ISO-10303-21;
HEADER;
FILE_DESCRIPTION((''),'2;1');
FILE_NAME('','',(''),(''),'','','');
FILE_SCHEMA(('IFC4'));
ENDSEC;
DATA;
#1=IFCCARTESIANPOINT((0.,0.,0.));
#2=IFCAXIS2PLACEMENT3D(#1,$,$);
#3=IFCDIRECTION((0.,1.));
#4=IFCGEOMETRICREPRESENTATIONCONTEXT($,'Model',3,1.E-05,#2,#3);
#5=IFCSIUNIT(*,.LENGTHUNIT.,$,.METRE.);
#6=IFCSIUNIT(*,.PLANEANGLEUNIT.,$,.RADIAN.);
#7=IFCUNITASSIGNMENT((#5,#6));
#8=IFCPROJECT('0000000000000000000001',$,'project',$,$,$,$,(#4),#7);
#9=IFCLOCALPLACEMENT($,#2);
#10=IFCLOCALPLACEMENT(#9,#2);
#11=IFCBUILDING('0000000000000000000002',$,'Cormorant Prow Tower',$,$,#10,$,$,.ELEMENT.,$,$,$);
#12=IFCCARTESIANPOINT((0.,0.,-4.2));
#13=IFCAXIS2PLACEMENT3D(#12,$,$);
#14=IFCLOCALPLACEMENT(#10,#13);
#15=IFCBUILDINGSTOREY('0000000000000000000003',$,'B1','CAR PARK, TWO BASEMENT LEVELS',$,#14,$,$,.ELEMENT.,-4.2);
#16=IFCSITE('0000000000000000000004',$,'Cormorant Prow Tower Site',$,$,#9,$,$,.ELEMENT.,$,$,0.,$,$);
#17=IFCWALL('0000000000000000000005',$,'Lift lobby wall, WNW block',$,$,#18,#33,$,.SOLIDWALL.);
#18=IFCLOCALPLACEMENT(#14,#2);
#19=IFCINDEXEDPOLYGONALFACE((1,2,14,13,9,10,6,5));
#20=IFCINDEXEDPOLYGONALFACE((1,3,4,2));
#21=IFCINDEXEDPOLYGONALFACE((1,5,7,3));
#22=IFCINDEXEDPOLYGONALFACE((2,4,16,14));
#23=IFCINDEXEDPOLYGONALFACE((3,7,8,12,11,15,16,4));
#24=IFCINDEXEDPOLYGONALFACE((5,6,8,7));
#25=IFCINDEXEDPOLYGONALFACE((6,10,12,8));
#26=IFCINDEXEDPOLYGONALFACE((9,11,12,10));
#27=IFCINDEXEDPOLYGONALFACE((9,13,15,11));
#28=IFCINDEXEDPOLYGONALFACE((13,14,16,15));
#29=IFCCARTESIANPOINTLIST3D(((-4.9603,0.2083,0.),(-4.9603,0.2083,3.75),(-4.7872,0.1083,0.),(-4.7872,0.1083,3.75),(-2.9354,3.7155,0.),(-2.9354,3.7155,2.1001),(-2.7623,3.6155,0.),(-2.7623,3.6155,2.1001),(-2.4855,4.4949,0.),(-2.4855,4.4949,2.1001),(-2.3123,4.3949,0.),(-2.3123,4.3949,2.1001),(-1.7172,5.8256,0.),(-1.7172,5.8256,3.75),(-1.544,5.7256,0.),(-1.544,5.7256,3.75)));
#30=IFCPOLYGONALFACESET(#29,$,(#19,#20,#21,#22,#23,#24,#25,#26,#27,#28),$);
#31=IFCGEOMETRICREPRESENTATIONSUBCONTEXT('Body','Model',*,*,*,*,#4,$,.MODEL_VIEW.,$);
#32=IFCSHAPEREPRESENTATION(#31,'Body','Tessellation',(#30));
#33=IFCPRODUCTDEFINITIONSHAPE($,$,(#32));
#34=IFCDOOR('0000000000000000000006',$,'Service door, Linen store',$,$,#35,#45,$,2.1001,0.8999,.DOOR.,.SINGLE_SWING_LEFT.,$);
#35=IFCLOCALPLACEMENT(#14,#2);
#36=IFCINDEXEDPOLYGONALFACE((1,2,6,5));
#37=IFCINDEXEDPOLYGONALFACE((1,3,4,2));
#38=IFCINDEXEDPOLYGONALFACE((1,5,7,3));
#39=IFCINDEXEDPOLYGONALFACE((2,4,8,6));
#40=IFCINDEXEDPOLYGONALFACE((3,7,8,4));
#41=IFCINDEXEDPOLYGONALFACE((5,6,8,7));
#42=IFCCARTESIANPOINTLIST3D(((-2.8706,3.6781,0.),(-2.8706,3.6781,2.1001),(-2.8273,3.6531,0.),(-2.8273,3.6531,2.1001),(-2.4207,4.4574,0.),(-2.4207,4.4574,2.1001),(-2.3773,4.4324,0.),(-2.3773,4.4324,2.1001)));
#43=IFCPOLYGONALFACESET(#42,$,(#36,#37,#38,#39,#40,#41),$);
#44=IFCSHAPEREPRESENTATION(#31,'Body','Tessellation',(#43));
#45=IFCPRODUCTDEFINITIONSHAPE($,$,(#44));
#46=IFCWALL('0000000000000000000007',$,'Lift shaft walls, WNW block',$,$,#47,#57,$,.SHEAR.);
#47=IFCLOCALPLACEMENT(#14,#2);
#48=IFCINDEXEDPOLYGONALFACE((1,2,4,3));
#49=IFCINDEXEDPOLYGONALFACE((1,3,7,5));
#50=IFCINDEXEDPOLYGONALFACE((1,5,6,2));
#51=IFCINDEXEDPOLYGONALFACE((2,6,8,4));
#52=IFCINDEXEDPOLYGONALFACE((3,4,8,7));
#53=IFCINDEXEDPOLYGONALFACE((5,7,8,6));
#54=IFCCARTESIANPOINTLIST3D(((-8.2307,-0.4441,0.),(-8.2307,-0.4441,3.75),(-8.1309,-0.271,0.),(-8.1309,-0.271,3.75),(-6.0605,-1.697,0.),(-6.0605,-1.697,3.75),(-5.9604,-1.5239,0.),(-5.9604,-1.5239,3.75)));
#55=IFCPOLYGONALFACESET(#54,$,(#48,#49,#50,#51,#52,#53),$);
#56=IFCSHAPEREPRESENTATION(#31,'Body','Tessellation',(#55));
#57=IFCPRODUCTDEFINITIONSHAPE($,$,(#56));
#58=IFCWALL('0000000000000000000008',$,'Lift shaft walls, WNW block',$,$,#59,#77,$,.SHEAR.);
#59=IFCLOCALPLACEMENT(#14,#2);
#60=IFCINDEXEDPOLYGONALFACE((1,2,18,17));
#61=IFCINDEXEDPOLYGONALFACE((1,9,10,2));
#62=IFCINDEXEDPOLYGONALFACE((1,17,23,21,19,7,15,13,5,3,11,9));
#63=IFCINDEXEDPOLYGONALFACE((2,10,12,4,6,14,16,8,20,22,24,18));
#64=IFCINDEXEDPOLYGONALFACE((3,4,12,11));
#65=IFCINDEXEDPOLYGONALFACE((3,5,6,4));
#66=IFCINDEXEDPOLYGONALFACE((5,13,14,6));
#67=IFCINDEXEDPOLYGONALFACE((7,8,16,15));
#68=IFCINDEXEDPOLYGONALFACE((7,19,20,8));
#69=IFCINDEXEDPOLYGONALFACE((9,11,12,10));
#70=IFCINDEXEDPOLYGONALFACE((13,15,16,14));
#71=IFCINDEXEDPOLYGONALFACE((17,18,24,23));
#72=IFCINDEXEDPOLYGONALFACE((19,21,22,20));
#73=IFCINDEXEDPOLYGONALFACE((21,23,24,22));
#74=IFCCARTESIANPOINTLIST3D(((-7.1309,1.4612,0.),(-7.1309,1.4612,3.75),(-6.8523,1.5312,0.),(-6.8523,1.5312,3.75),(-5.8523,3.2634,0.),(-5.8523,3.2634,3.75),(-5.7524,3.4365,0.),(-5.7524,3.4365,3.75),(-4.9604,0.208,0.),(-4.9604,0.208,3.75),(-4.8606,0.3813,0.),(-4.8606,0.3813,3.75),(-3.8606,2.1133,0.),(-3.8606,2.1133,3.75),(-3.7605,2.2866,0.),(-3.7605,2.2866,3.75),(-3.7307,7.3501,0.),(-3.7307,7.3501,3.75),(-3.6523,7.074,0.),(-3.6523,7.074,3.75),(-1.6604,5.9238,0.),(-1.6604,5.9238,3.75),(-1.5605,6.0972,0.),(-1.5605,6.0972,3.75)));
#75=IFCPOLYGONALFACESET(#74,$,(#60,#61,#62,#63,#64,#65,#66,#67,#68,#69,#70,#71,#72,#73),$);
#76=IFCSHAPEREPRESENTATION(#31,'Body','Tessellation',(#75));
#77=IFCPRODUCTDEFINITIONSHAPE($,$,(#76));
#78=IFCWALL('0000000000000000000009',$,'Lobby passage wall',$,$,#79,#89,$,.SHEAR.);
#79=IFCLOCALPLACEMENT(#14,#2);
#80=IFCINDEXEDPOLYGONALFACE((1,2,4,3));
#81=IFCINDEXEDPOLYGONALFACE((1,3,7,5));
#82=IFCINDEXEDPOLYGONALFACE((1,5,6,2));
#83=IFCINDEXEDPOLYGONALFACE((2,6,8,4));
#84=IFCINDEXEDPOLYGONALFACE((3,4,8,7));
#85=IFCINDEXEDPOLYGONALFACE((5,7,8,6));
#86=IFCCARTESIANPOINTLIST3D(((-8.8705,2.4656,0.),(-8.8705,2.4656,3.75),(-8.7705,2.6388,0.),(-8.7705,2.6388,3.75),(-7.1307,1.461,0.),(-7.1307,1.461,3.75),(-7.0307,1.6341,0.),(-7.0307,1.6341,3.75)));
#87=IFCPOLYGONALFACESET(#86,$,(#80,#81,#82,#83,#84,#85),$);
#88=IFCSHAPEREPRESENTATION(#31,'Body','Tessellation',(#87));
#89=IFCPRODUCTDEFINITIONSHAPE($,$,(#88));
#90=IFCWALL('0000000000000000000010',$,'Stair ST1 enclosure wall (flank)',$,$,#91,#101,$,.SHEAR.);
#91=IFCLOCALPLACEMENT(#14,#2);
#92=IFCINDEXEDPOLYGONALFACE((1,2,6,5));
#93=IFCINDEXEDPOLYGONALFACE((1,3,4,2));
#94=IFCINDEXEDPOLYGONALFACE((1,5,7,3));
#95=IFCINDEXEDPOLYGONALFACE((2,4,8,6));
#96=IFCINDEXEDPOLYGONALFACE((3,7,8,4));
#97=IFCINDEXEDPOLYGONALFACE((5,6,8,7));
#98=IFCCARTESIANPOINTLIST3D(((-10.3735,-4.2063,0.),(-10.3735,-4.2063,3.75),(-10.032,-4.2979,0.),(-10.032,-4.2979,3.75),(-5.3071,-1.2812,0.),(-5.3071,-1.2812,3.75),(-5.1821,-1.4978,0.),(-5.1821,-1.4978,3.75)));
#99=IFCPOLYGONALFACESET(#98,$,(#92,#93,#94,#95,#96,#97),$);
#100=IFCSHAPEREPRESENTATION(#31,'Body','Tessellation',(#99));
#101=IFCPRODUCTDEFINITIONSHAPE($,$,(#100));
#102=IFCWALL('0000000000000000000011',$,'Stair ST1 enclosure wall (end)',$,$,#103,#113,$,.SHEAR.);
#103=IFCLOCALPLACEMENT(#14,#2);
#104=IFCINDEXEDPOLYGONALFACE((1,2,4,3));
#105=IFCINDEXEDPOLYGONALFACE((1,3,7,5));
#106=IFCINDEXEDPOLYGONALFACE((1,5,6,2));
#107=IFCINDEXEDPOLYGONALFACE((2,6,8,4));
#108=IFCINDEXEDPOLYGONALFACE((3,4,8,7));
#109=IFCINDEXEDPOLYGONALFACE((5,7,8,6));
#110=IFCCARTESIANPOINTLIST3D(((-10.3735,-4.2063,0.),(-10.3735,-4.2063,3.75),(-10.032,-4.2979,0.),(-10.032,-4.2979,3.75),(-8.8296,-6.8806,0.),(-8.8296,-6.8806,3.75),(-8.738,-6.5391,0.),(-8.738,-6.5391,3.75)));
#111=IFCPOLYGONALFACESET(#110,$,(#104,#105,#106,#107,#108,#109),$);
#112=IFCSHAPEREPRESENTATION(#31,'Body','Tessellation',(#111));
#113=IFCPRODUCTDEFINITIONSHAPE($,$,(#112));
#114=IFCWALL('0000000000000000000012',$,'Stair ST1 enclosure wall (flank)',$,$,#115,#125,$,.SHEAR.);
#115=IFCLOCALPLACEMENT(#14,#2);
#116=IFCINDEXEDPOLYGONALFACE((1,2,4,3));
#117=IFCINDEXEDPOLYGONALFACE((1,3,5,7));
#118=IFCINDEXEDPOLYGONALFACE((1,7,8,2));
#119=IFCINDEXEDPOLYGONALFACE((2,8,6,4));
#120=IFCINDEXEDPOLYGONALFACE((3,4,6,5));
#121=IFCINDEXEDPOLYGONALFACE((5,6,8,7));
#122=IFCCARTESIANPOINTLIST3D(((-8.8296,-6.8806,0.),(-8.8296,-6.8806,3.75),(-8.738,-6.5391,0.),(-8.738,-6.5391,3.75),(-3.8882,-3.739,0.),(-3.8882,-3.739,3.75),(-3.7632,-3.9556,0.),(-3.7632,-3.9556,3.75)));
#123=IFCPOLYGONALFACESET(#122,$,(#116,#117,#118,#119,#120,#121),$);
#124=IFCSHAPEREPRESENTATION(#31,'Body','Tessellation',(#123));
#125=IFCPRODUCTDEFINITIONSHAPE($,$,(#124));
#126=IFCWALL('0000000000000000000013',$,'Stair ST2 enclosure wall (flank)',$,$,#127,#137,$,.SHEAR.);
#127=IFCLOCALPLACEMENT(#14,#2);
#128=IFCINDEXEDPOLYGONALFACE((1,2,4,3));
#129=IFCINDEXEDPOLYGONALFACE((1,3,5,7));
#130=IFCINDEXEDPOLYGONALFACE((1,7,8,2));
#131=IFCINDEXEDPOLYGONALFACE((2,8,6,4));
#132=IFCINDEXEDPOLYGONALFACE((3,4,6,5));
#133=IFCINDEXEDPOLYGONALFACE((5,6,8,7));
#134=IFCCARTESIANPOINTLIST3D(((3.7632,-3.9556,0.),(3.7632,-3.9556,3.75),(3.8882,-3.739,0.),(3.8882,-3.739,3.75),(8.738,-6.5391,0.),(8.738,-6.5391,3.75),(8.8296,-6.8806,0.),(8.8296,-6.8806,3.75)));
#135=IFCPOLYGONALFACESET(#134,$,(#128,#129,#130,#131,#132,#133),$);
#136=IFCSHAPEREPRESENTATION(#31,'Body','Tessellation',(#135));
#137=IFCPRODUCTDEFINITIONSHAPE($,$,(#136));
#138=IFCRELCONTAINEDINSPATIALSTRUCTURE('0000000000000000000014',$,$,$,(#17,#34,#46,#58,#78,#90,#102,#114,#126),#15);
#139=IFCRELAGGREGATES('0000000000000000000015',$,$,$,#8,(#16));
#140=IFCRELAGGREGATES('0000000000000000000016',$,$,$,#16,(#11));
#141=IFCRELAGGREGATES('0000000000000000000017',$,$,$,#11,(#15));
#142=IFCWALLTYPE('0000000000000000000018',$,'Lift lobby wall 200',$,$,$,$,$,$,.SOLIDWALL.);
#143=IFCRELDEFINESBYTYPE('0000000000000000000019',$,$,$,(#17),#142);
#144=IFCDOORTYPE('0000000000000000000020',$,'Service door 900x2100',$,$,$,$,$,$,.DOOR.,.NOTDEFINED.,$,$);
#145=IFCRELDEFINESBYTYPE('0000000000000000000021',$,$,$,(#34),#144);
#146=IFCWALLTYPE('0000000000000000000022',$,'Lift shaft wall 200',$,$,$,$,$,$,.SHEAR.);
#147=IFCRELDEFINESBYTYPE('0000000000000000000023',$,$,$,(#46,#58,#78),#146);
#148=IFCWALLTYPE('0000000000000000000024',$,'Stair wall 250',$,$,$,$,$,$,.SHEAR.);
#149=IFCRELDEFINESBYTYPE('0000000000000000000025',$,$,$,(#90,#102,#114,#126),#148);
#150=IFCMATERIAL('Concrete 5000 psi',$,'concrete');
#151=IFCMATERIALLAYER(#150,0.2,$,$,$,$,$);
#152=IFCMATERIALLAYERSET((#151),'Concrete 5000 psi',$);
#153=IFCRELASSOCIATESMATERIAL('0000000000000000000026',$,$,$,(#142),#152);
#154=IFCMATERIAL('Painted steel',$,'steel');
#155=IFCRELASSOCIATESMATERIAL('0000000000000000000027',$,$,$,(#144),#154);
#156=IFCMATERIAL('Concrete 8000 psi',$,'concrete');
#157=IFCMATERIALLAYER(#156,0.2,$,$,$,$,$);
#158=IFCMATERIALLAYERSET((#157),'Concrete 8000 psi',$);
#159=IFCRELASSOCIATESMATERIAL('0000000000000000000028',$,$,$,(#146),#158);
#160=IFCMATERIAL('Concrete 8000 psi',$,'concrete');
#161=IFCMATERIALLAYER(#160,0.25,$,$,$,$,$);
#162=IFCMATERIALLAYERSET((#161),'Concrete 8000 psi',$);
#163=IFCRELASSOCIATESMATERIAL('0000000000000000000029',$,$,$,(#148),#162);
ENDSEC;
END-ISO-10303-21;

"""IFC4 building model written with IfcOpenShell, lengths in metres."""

from ifc_helpers import new_model, si_unit, direction, frame, frame_2d, origin, place, context, subcontext, project, spatial, polyline, rectangle, outline, extrude, material, layer, layer_set, type_object, element, fill, save


model = new_model("IFC4")

# Units and contexts
model_context = context("Model", 3, precision=1e-05, world=origin(), true_north=direction((0.0, 1.0)))
body_context = subcontext(model_context, "Body", "Model", "MODEL_VIEW")
ifc_project = project(units=[si_unit("LENGTHUNIT", "METRE"), si_unit("PLANEANGLEUNIT", "RADIAN")], contexts=[model_context])

# Site, building, storey
site_placement = place(None, origin())
site = spatial("IfcSite", under=ifc_project, at=site_placement, Name="Cormorant Prow Tower Site", CompositionType="ELEMENT", RefElevation=0.0)
building_placement = place(site_placement, origin())
building = spatial("IfcBuilding", under=site, at=building_placement, Name="Cormorant Prow Tower", CompositionType="ELEMENT")
storey_placement = place(building_placement, frame((0.0, 0.0, -4.2)))
storey = spatial("IfcBuildingStorey", under=building, at=storey_placement, Name="B1", Description="CAR PARK, TWO BASEMENT LEVELS", CompositionType="ELEMENT", Elevation=-4.2)

# Wall, opening, door
ifc_material_1 = material(Name="Concrete 5000 psi", Category="concrete")
ifc_layer_1 = layer(ifc_material_1, 0.2)
ifc_layer_set_1 = layer_set([ifc_layer_1], Name="Concrete 5000 psi")
wall_type_1 = type_object("IfcWallType", Name="Lift lobby wall 200", PredefinedType="SOLIDWALL", material=ifc_layer_set_1)
wall_1_placement = place(storey_placement, frame((-1.6306, 5.7756, 0.0), z_axis=(0.0, 0.0, 1.0), x_axis=(-0.499993, -0.86603, 0.0)))
wall_1 = element("IfcWall", 1, at=wall_1_placement, inside=storey, type_object=wall_type_1, Name="Lift lobby wall, WNW block", PredefinedType="SOLIDWALL", context=body_context, shape_type="SweptSolid", body=[
    extrude(rectangle(XDim=6.4863, YDim=0.2, at=frame_2d((3.2432, 0.0))), origin(), (0.0, 0.0, 1.0), 3.75),
])
opening_1_placement = place(wall_1_placement, frame((1.5366, 0.0, 0.0)))
opening_1 = element("IfcOpeningElement", 2, at=opening_1_placement, cuts=wall_1, PredefinedType="OPENING", context=body_context, shape_type="SweptSolid", body=[
    extrude(rectangle(XDim=0.8999, YDim=2.1001, at=frame_2d((0.45, 1.05))), frame((0.0, 0.1099, 0.0), z_axis=(0.0, -1.0, 0.0), x_axis=(1.0, 0.0, 0.0)), (0.0, 0.0, 1.0), 0.22),
])
ifc_material_2 = material(Name="Painted steel", Category="steel")
door_type_1 = type_object("IfcDoorType", Name="Service door 900x2100", OperationType="NOTDEFINED", PredefinedType="DOOR", material=ifc_material_2)
door_1_placement = place(opening_1_placement, origin())
door_1 = element("IfcDoor", 3, at=door_1_placement, inside=storey, type_object=door_type_1, Name="Service door, Linen store", OperationType="SINGLE_SWING_LEFT", OverallHeight=2.1001, OverallWidth=0.8999, PredefinedType="DOOR", context=body_context, shape_type="SweptSolid", body=[
    extrude(rectangle(XDim=0.8999, YDim=2.1001, at=frame_2d((0.45, 1.05))), frame((0.0, 0.0249, 0.0), z_axis=(0.0, -1.0, 0.0), x_axis=(1.0, 0.0, 0.0)), (0.0, 0.0, 1.0), 0.05),
])
fill(opening_1, door_1)

# Walls
ifc_material_3 = material(Name="Concrete 8000 psi", Category="concrete")
ifc_layer_2 = layer(ifc_material_3, 0.2)
ifc_layer_set_2 = layer_set([ifc_layer_2], Name="Concrete 8000 psi")
wall_type_2 = type_object("IfcWallType", Name="Lift shaft wall 200", PredefinedType="SHEAR", material=ifc_layer_set_2)
wall_2_placement = place(storey_placement, origin())
element("IfcWall", 4, at=wall_2_placement, inside=storey, type_object=wall_type_2, Name="Lift shaft walls, WNW block", PredefinedType="SHEAR", context=body_context, shape_type="SweptSolid", body=[
    extrude(outline(polyline([(-6.0605, -1.697), (-8.2307, -0.4441), (-8.1309, -0.271), (-5.9604, -1.5239), (-6.0605, -1.697)])), origin(), (0.0, 0.0, 1.0), 3.75),
])
wall_3_placement = place(storey_placement, origin())
element("IfcWall", 5, at=wall_3_placement, inside=storey, type_object=wall_type_2, Name="Lift shaft walls, WNW block", PredefinedType="SHEAR", context=body_context, shape_type="SweptSolid", body=[
    extrude(outline(polyline([(-4.9604, 0.208), (-7.1309, 1.4612), (-3.7307, 7.3501), (-1.5605, 6.0972), (-1.6604, 5.9238), (-3.6523, 7.074), (-5.7524, 3.4365), (-3.7605, 2.2866), (-3.8606, 2.1133), (-5.8523, 3.2634), (-6.8523, 1.5312), (-4.8606, 0.3813), (-4.9604, 0.208)])), origin(), (0.0, 0.0, 1.0), 3.75),
])
wall_4_placement = place(storey_placement, frame((-7.0808, 1.5476, 0.0), z_axis=(0.0, 0.0, 1.0), x_axis=(-0.865983, 0.500073, 0.0)))
element("IfcWall", 6, at=wall_4_placement, inside=storey, type_object=wall_type_2, Name="Lobby passage wall", PredefinedType="SHEAR", context=body_context, shape_type="SweptSolid", body=[
    extrude(rectangle(XDim=2.009, YDim=0.2, at=frame_2d((1.0044, 0.0))), origin(), (0.0, 0.0, 1.0), 3.75),
])
ifc_material_4 = material(Name="Concrete 8000 psi", Category="concrete")
ifc_layer_3 = layer(ifc_material_4, 0.25)
ifc_layer_set_3 = layer_set([ifc_layer_3], Name="Concrete 8000 psi")
wall_type_3 = type_object("IfcWallType", Name="Stair wall 250", PredefinedType="SHEAR", material=ifc_layer_set_3)
wall_5_placement = place(storey_placement, origin())
element("IfcWall", 7, at=wall_5_placement, inside=storey, type_object=wall_type_3, Name="Stair ST1 enclosure wall (flank)", PredefinedType="SHEAR", context=body_context, shape_type="SweptSolid", body=[
    extrude(outline(polyline([(-5.3071, -1.2812), (-10.3735, -4.2063), (-10.032, -4.2979), (-5.1821, -1.4978), (-5.3071, -1.2812)])), origin(), (0.0, 0.0, 1.0), 3.75),
])
wall_6_placement = place(storey_placement, origin())
element("IfcWall", 8, at=wall_6_placement, inside=storey, type_object=wall_type_3, Name="Stair ST1 enclosure wall (end)", PredefinedType="SHEAR", context=body_context, shape_type="SweptSolid", body=[
    extrude(outline(polyline([(-10.3735, -4.2063), (-8.8296, -6.8806), (-8.738, -6.5391), (-10.032, -4.2979), (-10.3735, -4.2063)])), origin(), (0.0, 0.0, 1.0), 3.75),
])
wall_7_placement = place(storey_placement, origin())
element("IfcWall", 9, at=wall_7_placement, inside=storey, type_object=wall_type_3, Name="Stair ST1 enclosure wall (flank)", PredefinedType="SHEAR", context=body_context, shape_type="SweptSolid", body=[
    extrude(outline(polyline([(-8.738, -6.5391), (-8.8296, -6.8806), (-3.7632, -3.9556), (-3.8882, -3.739), (-8.738, -6.5391)])), origin(), (0.0, 0.0, 1.0), 3.75),
])
wall_8_placement = place(storey_placement, origin())
element("IfcWall", 10, at=wall_8_placement, inside=storey, type_object=wall_type_3, Name="Stair ST2 enclosure wall (flank)", PredefinedType="SHEAR", context=body_context, shape_type="SweptSolid", body=[
    extrude(outline(polyline([(3.7632, -3.9556), (8.8296, -6.8806), (8.738, -6.5391), (3.8882, -3.739), (3.7632, -3.9556)])), origin(), (0.0, 0.0, 1.0), 3.75),
])

save(model, "model.ifc")
